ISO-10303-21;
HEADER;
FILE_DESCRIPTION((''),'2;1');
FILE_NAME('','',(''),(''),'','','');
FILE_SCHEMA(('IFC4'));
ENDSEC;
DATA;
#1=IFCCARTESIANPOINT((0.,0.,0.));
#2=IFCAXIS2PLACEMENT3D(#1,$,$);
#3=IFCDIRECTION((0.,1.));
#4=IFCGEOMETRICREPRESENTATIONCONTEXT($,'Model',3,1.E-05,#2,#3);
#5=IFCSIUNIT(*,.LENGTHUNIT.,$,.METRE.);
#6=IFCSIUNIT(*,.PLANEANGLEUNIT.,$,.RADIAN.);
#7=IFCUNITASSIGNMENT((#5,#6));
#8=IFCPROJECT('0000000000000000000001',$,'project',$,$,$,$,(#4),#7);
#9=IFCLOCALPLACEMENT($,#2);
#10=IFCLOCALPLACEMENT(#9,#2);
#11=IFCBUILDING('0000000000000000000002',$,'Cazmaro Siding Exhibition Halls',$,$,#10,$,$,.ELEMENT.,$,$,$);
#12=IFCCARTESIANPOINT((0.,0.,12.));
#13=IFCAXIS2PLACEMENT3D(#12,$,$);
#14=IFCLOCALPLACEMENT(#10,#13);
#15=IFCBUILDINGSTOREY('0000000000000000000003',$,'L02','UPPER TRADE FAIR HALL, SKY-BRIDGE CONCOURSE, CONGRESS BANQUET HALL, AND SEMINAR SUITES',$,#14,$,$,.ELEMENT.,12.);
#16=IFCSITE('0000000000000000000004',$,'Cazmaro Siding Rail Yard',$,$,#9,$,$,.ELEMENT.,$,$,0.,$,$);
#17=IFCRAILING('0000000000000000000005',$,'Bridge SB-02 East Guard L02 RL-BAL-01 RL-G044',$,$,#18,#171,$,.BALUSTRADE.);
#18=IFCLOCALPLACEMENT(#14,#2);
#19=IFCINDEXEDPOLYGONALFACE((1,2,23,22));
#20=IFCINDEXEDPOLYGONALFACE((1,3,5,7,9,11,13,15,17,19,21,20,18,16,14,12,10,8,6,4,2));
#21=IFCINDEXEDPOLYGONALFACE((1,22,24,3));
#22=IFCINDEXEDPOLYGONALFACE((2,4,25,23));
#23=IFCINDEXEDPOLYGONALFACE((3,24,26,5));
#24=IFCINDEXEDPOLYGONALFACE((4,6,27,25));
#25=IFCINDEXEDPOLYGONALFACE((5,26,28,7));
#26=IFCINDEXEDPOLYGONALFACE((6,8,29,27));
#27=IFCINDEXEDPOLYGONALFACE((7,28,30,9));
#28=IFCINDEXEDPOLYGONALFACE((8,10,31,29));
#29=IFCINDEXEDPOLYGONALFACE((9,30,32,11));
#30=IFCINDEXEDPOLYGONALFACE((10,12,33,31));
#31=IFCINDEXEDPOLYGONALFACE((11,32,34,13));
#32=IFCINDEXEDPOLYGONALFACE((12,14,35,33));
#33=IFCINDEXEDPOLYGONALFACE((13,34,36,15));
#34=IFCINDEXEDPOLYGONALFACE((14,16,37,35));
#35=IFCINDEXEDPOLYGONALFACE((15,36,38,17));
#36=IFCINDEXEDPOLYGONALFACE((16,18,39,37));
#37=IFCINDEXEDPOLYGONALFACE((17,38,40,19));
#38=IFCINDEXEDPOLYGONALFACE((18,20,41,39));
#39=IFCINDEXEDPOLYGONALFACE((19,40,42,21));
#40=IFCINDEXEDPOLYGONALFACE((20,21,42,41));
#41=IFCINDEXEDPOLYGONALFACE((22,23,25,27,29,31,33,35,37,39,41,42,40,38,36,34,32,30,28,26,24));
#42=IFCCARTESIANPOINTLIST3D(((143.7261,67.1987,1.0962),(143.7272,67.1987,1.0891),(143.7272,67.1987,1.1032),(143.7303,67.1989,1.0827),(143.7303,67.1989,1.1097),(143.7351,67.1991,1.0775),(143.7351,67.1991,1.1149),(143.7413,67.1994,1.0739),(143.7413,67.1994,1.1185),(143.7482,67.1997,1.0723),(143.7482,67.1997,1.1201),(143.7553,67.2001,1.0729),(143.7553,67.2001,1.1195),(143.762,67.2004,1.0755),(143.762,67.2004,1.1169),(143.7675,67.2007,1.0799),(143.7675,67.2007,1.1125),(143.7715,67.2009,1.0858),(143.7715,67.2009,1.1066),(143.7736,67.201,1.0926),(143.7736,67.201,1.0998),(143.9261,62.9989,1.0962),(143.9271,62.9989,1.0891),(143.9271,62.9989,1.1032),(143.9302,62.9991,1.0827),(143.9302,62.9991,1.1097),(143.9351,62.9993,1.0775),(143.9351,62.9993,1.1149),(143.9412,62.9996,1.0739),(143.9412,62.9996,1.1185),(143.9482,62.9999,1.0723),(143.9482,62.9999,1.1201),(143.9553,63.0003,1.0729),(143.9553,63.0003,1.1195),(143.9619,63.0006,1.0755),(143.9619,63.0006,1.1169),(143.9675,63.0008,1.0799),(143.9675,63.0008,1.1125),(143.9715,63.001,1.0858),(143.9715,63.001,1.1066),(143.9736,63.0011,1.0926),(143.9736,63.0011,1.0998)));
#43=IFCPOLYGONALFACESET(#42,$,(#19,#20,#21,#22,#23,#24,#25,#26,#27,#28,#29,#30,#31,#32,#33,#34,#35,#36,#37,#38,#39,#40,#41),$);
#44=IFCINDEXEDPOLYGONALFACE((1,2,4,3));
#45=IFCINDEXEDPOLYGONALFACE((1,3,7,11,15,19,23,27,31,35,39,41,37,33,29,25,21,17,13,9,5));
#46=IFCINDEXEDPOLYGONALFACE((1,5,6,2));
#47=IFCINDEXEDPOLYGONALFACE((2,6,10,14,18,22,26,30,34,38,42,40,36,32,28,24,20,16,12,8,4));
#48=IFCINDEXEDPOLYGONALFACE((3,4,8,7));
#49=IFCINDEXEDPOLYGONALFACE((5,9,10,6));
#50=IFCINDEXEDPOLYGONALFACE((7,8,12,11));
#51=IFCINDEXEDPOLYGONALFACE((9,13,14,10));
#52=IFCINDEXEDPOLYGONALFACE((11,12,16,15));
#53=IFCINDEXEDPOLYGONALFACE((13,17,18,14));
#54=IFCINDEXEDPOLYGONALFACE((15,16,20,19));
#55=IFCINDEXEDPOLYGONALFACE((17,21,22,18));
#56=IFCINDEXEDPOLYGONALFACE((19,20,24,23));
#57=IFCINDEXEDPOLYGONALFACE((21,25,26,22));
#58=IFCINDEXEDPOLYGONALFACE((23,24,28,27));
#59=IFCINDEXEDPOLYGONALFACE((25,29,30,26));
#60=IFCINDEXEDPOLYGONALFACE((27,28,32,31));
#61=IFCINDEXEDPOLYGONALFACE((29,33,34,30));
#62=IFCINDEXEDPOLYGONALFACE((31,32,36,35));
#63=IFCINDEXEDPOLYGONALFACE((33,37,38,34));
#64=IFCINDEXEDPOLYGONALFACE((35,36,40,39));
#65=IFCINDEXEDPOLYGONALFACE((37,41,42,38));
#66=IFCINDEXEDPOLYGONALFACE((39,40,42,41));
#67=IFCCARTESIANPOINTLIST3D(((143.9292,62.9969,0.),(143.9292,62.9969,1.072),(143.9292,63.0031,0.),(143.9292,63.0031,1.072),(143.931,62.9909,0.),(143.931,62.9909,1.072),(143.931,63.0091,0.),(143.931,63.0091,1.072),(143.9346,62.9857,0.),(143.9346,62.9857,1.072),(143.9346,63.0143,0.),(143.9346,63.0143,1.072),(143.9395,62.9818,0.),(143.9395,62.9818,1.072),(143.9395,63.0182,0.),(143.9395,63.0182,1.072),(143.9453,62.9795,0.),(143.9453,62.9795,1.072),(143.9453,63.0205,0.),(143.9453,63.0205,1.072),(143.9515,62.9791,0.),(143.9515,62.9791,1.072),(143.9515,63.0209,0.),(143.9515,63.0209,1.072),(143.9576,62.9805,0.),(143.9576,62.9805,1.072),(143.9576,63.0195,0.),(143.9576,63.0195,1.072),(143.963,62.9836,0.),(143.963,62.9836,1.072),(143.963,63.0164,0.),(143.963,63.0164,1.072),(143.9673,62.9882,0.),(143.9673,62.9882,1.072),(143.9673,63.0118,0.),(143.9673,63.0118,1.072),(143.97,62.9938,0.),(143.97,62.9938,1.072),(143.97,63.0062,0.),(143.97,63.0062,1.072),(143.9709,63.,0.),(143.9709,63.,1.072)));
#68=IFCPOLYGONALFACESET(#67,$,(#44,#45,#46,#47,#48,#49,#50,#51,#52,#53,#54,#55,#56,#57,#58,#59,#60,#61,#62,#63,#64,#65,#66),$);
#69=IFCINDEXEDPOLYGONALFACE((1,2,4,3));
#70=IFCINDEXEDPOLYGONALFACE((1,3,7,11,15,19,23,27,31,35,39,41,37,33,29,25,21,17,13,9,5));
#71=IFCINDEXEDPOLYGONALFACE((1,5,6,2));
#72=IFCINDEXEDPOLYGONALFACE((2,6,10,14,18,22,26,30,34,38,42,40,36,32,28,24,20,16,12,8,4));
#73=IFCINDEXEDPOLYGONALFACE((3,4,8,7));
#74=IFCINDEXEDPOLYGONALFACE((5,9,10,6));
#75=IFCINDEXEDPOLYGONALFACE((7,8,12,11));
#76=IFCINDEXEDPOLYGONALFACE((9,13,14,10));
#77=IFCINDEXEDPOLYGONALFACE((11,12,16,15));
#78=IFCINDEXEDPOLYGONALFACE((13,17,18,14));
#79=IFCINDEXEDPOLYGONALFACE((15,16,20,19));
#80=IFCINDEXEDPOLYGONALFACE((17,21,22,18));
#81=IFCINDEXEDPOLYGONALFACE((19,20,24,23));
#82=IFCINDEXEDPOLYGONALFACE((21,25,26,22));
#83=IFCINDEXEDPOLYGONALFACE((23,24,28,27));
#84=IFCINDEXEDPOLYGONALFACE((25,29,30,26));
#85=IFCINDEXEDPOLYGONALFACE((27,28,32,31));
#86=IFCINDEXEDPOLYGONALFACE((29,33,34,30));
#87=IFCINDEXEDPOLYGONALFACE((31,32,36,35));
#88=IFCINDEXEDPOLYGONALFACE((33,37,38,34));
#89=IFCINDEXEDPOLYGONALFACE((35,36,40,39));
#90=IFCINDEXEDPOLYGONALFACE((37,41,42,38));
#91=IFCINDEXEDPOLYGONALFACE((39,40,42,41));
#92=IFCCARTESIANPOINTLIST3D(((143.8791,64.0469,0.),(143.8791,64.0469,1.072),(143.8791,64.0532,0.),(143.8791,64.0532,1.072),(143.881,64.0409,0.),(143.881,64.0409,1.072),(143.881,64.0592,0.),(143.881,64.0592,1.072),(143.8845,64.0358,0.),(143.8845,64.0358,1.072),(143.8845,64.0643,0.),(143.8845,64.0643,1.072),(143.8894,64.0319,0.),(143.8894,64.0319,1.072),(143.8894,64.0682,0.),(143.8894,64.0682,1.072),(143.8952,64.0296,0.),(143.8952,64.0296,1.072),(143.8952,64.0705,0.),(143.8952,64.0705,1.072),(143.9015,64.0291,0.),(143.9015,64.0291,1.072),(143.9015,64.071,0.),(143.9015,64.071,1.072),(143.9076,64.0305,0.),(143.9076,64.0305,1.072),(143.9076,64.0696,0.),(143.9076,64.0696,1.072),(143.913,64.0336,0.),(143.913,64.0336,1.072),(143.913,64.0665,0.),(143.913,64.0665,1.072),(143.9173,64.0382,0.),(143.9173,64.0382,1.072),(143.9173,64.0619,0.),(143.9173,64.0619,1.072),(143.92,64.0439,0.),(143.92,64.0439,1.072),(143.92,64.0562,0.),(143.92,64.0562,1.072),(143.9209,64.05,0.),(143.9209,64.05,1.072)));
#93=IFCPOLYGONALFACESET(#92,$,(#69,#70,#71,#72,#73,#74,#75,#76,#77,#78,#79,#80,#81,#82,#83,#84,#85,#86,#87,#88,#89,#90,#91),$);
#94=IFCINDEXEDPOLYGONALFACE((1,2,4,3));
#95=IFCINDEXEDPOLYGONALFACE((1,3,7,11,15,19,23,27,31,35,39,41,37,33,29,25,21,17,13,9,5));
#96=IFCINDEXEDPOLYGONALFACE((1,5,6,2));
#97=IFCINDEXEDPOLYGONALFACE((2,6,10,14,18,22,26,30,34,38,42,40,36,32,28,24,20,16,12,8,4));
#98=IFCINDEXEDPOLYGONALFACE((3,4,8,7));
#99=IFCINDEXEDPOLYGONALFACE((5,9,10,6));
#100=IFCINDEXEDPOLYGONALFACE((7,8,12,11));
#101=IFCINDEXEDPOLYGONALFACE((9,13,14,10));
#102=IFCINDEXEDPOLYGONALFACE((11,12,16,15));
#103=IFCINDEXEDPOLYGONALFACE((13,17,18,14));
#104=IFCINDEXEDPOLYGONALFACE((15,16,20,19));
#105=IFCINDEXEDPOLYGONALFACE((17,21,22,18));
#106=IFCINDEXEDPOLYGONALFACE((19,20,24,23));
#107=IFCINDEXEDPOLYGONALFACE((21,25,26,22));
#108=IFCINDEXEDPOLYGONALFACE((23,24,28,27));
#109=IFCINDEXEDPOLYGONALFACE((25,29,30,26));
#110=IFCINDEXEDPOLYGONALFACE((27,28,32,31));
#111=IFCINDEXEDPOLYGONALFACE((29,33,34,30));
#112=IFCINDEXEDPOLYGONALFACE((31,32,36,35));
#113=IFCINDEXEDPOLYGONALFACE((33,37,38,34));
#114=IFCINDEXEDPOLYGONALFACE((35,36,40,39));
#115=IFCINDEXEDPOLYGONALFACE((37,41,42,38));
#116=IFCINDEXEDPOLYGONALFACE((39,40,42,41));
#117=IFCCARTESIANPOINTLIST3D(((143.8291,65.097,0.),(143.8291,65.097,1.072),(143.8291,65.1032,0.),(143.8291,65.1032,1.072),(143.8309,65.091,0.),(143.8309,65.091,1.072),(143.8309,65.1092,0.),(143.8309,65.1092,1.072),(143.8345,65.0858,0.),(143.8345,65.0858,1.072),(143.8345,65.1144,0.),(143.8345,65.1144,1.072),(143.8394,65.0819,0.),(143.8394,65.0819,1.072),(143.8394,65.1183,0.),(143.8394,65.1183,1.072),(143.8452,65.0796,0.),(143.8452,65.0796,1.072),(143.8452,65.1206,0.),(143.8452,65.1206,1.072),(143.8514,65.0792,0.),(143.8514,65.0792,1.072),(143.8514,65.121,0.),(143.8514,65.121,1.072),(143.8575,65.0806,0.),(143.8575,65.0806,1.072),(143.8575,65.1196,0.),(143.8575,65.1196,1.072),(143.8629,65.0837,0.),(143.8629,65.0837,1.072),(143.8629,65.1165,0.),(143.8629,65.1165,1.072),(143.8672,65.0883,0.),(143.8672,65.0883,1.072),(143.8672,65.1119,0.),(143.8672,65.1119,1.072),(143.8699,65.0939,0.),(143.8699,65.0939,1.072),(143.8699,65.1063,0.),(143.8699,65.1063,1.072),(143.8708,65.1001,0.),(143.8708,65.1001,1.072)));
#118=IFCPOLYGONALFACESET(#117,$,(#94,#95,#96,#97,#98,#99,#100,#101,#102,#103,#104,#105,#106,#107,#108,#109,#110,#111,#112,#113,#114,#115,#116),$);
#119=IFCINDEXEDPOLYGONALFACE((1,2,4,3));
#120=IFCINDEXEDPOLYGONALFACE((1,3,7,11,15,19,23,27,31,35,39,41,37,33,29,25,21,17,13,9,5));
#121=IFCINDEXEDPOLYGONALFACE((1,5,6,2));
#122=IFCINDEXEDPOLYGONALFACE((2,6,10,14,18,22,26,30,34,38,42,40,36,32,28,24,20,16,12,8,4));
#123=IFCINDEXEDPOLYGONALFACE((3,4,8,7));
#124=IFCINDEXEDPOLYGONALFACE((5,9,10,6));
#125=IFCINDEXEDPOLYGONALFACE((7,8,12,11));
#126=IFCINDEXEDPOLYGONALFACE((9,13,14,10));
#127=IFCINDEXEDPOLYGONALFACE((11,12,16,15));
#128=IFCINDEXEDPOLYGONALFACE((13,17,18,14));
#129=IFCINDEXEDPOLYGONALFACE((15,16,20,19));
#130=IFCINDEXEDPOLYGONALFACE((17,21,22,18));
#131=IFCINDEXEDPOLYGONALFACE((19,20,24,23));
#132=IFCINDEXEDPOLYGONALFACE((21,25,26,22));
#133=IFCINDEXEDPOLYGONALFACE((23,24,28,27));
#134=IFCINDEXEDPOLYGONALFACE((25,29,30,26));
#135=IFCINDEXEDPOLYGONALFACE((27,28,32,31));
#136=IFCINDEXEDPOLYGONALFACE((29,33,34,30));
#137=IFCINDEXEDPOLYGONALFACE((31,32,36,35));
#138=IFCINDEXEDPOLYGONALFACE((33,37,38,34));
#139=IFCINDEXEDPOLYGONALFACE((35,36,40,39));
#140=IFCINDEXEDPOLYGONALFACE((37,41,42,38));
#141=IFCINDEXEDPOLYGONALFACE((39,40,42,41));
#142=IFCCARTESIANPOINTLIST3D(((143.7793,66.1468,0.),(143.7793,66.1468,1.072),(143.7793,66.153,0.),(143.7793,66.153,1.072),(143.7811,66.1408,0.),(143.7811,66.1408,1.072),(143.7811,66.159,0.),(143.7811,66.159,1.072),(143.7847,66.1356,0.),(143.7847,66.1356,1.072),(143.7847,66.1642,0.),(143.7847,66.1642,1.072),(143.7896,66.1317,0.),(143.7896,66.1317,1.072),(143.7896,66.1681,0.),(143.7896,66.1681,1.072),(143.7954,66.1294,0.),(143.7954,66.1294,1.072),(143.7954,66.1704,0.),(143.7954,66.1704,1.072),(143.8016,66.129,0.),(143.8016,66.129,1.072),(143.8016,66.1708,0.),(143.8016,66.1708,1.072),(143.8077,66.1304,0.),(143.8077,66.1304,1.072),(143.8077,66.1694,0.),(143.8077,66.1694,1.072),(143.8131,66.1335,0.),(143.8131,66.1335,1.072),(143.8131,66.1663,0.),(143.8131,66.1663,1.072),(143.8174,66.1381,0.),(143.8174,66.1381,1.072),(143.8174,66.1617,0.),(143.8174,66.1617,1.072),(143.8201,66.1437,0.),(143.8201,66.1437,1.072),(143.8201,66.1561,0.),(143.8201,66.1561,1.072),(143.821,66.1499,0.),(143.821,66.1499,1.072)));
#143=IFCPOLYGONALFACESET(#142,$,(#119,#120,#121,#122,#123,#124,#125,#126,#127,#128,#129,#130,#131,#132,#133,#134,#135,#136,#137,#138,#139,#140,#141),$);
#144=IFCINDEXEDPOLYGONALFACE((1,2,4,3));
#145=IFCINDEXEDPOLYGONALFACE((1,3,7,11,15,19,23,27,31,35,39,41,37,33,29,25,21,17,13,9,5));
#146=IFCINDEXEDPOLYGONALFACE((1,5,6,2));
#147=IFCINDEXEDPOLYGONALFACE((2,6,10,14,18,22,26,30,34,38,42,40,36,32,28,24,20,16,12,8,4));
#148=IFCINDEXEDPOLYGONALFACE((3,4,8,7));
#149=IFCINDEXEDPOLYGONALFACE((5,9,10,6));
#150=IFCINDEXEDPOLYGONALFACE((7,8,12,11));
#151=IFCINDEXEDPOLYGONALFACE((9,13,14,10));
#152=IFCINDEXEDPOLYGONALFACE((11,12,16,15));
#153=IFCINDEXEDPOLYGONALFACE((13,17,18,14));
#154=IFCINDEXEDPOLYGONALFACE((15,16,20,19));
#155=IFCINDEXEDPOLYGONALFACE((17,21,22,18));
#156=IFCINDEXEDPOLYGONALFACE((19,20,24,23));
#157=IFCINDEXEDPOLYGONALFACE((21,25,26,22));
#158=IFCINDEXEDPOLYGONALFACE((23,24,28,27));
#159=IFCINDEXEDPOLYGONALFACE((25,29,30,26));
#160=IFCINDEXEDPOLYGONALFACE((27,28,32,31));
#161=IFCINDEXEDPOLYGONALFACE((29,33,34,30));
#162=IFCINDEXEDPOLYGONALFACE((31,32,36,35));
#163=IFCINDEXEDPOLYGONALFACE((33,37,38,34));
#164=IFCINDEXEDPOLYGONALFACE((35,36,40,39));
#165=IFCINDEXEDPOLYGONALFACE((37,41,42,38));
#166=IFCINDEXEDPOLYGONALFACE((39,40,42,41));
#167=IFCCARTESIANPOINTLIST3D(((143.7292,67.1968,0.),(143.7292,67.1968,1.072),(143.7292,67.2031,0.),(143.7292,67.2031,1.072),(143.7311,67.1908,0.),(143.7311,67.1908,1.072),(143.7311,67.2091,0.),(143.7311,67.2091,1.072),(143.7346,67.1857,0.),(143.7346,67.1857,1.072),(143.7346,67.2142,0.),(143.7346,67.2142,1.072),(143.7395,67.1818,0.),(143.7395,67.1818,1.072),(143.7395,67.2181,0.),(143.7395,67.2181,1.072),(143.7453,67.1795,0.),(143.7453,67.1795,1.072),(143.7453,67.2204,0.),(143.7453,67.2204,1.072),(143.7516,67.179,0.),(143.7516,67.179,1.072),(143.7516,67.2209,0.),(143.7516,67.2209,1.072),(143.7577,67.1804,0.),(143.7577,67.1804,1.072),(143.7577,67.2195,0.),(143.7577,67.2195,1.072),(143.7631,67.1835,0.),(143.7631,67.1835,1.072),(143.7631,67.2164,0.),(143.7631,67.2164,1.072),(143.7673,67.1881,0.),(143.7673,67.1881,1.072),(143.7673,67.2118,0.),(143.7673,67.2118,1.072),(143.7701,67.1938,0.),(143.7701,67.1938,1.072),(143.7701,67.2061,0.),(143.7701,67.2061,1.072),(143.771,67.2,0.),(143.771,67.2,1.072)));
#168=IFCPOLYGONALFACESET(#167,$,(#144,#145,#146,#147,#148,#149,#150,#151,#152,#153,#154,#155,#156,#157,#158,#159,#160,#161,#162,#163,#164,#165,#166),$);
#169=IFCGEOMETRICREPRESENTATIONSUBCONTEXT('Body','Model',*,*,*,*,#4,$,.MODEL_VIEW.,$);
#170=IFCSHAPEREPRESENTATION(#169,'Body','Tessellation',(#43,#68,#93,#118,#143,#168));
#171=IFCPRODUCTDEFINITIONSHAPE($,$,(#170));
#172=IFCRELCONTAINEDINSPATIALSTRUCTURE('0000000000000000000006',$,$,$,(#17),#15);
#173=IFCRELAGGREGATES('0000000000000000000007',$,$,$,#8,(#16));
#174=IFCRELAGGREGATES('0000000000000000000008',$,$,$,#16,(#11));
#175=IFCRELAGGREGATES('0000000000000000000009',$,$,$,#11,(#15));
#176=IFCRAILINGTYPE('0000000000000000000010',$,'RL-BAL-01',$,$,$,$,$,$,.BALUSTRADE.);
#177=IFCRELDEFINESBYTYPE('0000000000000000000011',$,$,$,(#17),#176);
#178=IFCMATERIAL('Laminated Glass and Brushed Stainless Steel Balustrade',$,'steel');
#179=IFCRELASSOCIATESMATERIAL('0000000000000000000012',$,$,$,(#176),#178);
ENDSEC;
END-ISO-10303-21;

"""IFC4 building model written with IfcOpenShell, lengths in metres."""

from ifc_helpers import new_model, si_unit, direction, frame, origin, origin_2d, place, context, subcontext, project, spatial, circle, extrude, material, type_object, element, save


model = new_model("IFC4")

# Units and contexts
model_context = context("Model", 3, precision=1e-05, world=origin(), true_north=direction((0.0, 1.0)))
body_context = subcontext(model_context, "Body", "Model", "MODEL_VIEW")
ifc_project = project(units=[si_unit("LENGTHUNIT", "METRE"), si_unit("PLANEANGLEUNIT", "RADIAN")], contexts=[model_context])

# Site, building, storey
site_placement = place(None, origin())
site = spatial("IfcSite", under=ifc_project, at=site_placement, Name="Cazmaro Siding Rail Yard", CompositionType="ELEMENT", RefElevation=0.0)
building_placement = place(site_placement, origin())
building = spatial("IfcBuilding", under=site, at=building_placement, Name="Cazmaro Siding Exhibition Halls", CompositionType="ELEMENT")
storey_placement = place(building_placement, frame((0.0, 0.0, 12.0)))
storey = spatial("IfcBuildingStorey", under=building, at=storey_placement, Name="L02", Description="UPPER TRADE FAIR HALL, SKY-BRIDGE CONCOURSE, CONGRESS BANQUET HALL, AND SEMINAR SUITES", CompositionType="ELEMENT", Elevation=12.0)

# Railing
ifc_material_1 = material(Name="Laminated Glass and Brushed Stainless Steel Balustrade", Category="steel")
railing_type = type_object("IfcRailingType", Name="RL-BAL-01", PredefinedType="BALUSTRADE", material=ifc_material_1)
railing_1_placement = place(storey_placement, frame((143.95, 63.0, 0.0)))
element("IfcRailing", 1, at=railing_1_placement, inside=storey, type_object=railing_type, Name="Bridge SB-02 East Guard L02 RL-BAL-01 RL-G044", PredefinedType="BALUSTRADE", context=body_context, shape_type="SweptSolid", body=[
    extrude(circle(Radius=0.0239, at=origin_2d()), frame((0.0, 0.0, 1.0962), z_axis=(-0.047554, 0.998869, 0.0), x_axis=(-0.998869, -0.047554, 0.0)), (0.0, 0.0, 1.0), 4.2046),
    extrude(circle(Radius=0.021, at=origin_2d()), origin(), (0.0, 0.0, 1.0), 1.072),
    extrude(circle(Radius=0.021, at=origin_2d()), frame((-0.05, 1.05, 0.0)), (0.0, 0.0, 1.0), 1.072),
    extrude(circle(Radius=0.021, at=origin_2d()), frame((-0.1001, 2.1001, 0.0)), (0.0, 0.0, 1.0), 1.072),
    extrude(circle(Radius=0.021, at=origin_2d()), frame((-0.1499, 3.1499, 0.0)), (0.0, 0.0, 1.0), 1.072),
    extrude(circle(Radius=0.021, at=origin_2d()), frame((-0.2, 4.2, 0.0)), (0.0, 0.0, 1.0), 1.072),
])

save(model, "model.ifc")
